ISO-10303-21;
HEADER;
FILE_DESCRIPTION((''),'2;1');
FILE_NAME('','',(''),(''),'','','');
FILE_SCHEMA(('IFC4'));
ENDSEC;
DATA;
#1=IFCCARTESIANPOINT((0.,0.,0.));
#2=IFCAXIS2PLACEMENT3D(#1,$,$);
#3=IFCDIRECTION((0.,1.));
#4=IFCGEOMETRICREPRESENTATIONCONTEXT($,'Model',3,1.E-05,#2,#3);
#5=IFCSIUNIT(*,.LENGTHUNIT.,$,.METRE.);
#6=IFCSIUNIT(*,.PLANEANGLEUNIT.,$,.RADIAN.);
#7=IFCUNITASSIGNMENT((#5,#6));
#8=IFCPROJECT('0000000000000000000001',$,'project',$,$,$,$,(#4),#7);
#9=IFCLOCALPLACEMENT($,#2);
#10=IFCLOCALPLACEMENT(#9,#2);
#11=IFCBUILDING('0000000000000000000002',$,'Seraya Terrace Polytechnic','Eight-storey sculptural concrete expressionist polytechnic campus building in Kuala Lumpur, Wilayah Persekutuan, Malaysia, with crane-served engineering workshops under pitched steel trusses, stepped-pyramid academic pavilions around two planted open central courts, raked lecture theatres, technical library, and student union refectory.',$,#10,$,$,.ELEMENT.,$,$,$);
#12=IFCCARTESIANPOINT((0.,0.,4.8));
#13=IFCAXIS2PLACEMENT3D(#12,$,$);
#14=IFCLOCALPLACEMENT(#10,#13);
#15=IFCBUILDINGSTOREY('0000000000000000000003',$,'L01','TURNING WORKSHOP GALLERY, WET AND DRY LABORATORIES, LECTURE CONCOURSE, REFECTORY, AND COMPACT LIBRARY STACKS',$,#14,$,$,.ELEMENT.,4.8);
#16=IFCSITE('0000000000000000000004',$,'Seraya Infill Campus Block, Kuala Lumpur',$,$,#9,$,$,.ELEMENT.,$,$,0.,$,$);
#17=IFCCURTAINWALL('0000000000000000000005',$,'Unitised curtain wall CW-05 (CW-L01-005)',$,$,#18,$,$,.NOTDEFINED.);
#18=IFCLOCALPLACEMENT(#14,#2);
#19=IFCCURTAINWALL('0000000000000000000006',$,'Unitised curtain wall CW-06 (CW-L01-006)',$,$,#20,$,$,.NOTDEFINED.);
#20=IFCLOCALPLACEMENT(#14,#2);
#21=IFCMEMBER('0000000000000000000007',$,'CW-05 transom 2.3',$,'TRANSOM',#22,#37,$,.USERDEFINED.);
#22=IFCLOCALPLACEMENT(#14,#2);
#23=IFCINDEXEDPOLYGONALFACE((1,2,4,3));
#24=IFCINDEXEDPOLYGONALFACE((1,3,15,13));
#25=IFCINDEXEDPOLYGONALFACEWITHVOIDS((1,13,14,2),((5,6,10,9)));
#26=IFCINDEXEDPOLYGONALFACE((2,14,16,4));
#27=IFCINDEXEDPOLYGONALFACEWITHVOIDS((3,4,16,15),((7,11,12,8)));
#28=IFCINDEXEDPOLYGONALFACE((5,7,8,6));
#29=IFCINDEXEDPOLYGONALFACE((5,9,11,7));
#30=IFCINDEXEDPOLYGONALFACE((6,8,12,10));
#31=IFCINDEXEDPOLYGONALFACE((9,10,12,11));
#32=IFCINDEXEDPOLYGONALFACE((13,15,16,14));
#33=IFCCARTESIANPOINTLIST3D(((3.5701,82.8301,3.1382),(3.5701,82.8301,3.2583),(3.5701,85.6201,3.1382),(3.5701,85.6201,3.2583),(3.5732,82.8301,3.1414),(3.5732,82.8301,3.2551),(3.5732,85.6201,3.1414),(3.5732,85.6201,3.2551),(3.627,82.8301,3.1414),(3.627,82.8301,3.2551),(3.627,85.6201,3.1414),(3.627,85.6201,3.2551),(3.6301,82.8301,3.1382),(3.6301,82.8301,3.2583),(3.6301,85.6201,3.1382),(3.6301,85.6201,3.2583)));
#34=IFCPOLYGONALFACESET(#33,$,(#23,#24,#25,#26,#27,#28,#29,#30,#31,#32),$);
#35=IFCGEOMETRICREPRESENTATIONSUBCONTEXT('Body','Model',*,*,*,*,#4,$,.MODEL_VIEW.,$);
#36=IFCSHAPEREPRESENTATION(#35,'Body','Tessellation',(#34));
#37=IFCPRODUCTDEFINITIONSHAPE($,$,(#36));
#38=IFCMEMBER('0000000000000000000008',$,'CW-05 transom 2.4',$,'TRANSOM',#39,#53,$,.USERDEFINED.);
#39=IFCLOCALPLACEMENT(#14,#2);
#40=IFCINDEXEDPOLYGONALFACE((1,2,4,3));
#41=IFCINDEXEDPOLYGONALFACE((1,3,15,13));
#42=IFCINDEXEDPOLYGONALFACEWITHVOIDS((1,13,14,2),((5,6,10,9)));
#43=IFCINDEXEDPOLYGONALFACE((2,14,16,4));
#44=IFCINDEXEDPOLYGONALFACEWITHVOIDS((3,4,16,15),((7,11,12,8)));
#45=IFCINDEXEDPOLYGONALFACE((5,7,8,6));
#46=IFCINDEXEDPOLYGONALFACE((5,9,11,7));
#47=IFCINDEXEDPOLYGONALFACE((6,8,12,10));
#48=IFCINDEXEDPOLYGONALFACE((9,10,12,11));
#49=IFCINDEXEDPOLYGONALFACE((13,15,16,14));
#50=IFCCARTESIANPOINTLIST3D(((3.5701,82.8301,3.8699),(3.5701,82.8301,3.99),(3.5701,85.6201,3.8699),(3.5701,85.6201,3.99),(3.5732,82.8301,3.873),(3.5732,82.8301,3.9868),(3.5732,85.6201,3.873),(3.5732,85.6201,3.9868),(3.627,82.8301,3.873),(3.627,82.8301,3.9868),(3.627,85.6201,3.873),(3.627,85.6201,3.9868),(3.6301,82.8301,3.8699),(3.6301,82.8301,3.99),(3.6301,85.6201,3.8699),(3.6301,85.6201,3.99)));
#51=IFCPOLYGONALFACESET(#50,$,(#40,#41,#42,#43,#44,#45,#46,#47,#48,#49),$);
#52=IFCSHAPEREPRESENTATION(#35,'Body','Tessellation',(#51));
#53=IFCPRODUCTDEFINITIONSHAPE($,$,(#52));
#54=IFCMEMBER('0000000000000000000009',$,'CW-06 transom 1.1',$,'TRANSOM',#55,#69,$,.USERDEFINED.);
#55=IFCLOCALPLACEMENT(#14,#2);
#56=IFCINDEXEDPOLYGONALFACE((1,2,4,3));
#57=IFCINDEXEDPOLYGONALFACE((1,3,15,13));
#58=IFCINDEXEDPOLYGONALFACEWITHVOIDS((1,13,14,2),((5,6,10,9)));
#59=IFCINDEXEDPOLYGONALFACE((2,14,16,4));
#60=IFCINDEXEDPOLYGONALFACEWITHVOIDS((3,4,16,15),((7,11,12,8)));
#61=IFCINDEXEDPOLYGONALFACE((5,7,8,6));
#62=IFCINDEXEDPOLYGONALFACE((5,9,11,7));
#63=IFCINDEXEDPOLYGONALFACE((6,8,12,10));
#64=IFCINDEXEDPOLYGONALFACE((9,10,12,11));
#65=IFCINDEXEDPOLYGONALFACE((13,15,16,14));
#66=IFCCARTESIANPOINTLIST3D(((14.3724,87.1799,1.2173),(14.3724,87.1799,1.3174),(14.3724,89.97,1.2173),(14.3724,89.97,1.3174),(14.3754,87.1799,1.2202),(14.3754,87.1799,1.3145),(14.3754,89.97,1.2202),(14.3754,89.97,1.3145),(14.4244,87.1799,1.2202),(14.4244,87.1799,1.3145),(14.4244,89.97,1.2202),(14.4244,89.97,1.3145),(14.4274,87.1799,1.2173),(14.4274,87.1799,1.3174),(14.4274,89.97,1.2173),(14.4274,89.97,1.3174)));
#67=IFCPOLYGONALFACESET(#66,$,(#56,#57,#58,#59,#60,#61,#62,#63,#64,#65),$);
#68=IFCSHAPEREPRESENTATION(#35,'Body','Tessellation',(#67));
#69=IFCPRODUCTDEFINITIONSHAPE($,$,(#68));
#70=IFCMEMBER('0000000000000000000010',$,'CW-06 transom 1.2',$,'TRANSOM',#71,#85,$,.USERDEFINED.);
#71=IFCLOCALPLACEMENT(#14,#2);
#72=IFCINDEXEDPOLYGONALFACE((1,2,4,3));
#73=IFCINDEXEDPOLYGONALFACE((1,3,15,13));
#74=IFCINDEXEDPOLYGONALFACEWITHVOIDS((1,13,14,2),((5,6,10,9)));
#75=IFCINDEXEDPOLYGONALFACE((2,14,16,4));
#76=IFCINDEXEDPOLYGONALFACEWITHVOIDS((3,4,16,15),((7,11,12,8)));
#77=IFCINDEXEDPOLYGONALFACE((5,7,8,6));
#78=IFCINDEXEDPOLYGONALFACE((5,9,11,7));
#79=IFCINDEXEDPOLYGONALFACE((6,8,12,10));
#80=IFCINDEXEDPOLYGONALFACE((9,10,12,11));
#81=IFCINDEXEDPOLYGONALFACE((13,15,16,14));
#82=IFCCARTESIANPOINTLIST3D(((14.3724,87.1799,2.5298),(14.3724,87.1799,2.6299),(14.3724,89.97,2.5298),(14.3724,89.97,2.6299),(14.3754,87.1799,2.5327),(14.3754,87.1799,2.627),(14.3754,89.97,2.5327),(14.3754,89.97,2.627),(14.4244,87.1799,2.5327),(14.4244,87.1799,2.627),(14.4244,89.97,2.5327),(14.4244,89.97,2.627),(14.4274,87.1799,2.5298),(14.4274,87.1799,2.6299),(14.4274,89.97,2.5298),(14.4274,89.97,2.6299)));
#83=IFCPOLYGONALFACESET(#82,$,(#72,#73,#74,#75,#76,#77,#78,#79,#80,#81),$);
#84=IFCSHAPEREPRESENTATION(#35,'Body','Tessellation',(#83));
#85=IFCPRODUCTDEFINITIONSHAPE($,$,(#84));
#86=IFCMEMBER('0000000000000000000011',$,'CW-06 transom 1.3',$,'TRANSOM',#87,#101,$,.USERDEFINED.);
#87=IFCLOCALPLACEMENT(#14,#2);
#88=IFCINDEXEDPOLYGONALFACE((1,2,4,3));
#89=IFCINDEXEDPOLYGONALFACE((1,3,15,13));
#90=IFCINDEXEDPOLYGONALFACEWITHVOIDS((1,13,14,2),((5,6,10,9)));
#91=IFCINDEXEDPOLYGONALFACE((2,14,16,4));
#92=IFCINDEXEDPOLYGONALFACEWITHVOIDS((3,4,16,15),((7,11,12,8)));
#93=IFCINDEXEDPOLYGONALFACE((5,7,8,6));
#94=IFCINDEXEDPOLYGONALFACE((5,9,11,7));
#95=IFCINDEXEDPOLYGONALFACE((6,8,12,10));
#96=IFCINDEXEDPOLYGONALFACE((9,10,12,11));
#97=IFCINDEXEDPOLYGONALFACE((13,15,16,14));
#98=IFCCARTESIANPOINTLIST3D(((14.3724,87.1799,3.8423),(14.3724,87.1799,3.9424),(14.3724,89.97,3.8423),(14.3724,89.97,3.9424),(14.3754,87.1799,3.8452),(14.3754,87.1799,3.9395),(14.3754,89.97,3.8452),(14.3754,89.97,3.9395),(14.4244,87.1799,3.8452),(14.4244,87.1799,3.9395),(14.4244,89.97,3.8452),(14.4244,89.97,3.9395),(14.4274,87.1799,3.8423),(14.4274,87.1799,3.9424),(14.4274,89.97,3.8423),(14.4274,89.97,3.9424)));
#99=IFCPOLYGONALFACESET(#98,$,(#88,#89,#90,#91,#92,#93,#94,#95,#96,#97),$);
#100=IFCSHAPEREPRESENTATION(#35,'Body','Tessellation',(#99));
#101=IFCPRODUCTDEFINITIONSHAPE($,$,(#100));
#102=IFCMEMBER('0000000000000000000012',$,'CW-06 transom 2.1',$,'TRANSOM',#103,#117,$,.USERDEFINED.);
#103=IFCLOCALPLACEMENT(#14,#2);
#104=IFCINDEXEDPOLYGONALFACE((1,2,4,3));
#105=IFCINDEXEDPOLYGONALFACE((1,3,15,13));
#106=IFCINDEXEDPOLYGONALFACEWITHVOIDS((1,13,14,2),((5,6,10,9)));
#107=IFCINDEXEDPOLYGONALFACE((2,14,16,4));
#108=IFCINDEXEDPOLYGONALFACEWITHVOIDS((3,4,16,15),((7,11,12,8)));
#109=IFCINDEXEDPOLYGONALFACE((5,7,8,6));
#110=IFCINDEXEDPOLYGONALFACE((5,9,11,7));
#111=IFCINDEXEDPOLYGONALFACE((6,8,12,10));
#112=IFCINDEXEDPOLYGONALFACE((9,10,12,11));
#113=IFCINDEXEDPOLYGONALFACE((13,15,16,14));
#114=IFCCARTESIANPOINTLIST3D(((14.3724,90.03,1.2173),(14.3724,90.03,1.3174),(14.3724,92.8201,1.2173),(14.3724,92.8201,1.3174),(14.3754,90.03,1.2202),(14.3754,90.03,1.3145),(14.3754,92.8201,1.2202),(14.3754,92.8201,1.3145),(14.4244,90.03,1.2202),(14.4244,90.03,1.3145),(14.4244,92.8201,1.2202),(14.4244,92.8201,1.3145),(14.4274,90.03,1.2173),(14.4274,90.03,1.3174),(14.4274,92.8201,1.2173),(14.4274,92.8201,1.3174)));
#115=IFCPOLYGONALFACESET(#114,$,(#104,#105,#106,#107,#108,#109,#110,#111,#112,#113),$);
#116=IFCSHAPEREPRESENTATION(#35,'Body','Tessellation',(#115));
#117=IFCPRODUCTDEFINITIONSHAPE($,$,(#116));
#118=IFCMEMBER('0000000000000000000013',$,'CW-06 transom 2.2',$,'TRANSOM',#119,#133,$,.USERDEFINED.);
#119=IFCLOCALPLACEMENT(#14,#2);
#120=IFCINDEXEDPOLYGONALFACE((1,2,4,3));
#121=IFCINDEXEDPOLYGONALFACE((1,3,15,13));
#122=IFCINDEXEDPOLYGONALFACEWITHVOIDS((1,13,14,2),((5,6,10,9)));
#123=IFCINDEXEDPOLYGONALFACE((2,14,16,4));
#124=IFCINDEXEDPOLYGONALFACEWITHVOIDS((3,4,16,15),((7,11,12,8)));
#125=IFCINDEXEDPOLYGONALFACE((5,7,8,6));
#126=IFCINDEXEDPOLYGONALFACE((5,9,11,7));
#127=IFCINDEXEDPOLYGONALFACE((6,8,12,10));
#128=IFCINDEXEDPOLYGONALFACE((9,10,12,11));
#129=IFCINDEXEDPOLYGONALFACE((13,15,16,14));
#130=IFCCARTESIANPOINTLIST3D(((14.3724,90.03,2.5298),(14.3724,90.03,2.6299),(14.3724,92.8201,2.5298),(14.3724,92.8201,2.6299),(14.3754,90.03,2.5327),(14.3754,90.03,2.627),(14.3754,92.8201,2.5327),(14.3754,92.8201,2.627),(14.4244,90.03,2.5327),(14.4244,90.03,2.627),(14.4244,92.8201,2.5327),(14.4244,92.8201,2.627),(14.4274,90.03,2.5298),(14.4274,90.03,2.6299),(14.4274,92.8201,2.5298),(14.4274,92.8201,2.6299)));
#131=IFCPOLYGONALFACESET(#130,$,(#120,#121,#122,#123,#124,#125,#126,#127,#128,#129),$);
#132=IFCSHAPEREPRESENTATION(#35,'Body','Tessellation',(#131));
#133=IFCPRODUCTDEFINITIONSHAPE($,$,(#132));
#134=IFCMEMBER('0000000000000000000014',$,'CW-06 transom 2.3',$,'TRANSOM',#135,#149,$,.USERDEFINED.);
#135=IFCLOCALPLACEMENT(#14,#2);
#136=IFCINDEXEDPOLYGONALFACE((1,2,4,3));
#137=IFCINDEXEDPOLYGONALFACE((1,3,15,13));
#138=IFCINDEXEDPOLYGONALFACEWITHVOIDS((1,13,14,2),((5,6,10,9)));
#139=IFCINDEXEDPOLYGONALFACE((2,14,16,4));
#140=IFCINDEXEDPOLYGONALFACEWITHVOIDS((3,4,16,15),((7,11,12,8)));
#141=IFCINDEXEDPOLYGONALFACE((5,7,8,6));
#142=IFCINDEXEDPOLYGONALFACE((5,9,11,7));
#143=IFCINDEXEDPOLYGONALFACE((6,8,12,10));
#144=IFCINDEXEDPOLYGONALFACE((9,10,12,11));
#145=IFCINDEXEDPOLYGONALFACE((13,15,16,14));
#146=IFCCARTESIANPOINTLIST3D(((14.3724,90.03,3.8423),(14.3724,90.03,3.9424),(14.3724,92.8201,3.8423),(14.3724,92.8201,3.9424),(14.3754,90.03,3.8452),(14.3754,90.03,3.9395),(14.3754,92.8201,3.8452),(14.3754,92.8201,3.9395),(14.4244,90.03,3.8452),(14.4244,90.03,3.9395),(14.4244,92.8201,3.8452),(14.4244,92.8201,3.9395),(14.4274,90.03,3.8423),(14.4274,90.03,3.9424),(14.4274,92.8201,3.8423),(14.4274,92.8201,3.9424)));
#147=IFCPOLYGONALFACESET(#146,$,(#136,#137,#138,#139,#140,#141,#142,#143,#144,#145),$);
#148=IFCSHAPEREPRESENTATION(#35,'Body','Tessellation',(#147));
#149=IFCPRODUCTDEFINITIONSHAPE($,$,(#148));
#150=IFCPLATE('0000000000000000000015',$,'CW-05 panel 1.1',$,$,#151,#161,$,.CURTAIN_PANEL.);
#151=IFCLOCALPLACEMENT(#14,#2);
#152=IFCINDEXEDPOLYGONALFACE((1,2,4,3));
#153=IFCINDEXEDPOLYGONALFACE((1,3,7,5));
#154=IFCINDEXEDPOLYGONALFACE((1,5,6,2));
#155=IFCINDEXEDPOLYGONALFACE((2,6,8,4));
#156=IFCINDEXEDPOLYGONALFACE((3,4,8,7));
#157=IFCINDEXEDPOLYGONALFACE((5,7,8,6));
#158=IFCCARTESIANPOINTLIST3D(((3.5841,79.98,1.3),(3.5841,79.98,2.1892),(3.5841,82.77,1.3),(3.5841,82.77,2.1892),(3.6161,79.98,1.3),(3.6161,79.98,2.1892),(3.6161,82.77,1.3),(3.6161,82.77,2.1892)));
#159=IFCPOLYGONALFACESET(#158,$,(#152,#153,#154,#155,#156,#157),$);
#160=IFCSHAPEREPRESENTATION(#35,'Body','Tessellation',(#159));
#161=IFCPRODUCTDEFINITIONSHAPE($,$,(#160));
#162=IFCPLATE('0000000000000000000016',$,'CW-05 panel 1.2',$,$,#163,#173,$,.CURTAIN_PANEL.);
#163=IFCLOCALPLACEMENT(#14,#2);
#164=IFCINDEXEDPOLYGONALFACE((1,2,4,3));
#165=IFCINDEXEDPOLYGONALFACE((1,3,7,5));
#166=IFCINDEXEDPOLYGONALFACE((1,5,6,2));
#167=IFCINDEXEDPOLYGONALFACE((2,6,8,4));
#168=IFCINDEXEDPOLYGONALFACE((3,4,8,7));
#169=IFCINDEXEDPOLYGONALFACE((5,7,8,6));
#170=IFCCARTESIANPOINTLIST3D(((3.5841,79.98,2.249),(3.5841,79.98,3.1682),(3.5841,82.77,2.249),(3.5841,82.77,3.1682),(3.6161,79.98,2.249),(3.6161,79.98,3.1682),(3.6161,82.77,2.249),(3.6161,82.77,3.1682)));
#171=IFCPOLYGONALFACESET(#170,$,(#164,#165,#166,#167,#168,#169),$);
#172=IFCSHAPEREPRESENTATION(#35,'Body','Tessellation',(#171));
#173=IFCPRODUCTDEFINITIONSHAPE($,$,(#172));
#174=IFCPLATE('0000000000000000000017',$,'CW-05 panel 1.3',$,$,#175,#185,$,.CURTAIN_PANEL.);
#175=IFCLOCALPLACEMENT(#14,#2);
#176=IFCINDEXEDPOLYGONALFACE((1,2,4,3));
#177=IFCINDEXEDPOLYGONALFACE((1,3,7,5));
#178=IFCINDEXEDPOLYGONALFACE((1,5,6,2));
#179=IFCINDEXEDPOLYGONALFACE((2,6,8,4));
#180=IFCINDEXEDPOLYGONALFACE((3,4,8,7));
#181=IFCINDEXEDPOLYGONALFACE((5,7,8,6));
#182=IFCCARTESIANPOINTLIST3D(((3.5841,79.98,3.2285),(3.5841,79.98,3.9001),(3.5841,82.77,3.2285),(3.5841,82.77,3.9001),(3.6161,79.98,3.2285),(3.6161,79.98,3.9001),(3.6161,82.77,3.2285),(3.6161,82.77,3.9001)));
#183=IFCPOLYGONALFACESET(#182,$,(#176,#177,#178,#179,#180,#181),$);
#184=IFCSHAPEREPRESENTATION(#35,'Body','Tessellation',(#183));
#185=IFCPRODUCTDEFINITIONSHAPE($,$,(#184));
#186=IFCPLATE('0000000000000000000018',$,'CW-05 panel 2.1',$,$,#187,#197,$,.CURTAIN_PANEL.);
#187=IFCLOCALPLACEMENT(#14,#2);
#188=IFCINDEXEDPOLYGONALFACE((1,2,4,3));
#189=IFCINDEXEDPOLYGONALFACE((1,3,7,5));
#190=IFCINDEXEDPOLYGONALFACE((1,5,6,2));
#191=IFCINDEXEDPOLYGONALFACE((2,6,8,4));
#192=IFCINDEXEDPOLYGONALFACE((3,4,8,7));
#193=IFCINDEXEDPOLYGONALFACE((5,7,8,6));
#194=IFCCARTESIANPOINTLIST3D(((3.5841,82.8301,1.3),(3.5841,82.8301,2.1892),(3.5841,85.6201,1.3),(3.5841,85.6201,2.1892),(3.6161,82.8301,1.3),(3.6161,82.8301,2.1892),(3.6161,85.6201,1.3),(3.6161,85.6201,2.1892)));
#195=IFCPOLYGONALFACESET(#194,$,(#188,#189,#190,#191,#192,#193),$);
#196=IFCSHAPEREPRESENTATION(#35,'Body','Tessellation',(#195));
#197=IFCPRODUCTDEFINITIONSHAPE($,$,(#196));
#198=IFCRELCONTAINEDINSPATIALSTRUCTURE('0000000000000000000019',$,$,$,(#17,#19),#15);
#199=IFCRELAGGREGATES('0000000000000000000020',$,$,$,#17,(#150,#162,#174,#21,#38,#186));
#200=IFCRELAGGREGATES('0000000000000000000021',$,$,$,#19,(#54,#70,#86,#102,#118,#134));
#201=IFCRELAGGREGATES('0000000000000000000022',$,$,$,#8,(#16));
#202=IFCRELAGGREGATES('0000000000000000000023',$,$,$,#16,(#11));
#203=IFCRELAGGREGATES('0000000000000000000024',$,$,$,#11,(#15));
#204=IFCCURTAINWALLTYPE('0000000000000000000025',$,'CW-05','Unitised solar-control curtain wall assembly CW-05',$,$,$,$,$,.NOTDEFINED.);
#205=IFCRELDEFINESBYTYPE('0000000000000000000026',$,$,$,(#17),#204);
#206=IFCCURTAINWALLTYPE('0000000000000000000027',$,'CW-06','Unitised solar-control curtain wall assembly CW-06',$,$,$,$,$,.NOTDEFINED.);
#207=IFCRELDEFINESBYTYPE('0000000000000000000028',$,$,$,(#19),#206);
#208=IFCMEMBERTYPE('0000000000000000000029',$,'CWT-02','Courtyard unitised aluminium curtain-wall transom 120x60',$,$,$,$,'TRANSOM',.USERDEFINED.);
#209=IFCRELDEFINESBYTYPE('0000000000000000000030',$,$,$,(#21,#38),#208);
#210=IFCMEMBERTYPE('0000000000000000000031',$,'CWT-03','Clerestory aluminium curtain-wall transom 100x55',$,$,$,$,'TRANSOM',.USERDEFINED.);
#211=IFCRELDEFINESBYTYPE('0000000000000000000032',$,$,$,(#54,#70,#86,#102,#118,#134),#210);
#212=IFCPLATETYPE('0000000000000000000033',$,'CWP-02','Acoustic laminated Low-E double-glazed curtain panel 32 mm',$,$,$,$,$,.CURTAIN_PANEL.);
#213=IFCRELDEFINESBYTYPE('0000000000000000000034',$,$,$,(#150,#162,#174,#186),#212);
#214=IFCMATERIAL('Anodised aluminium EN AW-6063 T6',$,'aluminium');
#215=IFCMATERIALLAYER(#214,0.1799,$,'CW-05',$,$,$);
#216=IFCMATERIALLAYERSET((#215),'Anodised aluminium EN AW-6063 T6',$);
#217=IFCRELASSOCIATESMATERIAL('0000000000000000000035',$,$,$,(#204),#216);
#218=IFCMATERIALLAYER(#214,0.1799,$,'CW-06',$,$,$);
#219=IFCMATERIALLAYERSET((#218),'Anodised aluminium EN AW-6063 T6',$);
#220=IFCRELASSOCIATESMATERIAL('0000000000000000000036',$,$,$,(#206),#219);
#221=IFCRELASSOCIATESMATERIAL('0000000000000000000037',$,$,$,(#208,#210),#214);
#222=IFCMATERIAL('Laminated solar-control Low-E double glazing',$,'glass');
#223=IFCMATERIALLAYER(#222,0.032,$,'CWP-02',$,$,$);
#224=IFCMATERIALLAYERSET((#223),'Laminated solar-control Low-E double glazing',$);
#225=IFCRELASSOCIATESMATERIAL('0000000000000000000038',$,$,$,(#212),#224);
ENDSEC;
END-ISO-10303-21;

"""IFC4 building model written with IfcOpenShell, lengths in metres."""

from ifc_helpers import new_model, si_unit, direction, frame, origin, origin_2d, place, context, subcontext, project, spatial, rectangle, hollow_rectangle, extrude, material, layer, layer_set, material_profile, profile_set, type_object, element, aggregate, save


model = new_model("IFC4")

# Units and contexts
model_context = context("Model", 3, precision=1e-05, world=origin(), true_north=direction((0.0, 1.0)))
body_context = subcontext(model_context, "Body", "Model", "MODEL_VIEW")
ifc_project = project(units=[si_unit("LENGTHUNIT", "METRE"), si_unit("PLANEANGLEUNIT", "RADIAN")], contexts=[model_context])

# Site, building, storey
site_placement = place(None, origin())
site = spatial("IfcSite", under=ifc_project, at=site_placement, Name="Seraya Infill Campus Block, Kuala Lumpur", CompositionType="ELEMENT", RefElevation=0.0)
building_placement = place(site_placement, origin())
building = spatial("IfcBuilding", under=site, at=building_placement, Name="Seraya Terrace Polytechnic", Description="Eight-storey sculptural concrete expressionist polytechnic campus building in Kuala Lumpur, Wilayah Persekutuan, Malaysia, with crane-served engineering workshops under pitched steel trusses, stepped-pyramid academic pavilions around two planted open central courts, raked lecture theatres, technical library, and student union refectory.", CompositionType="ELEMENT")
storey_placement = place(building_placement, frame((0.0, 0.0, 4.8)))
storey = spatial("IfcBuildingStorey", under=building, at=storey_placement, Name="L01", Description="TURNING WORKSHOP GALLERY, WET AND DRY LABORATORIES, LECTURE CONCOURSE, REFECTORY, AND COMPACT LIBRARY STACKS", CompositionType="ELEMENT", Elevation=4.8)

# Curtain walls
ifc_material_1 = material(Name="Anodised aluminium EN AW-6063 T6", Category="aluminium")
ifc_layer_1 = layer(ifc_material_1, 0.1799, Name="CW-05")
ifc_layer_set_1 = layer_set([ifc_layer_1], Name="Anodised aluminium EN AW-6063 T6")
curtain_wall_type_1 = type_object("IfcCurtainWallType", Name="CW-05", Description="Unitised solar-control curtain wall assembly CW-05", PredefinedType="NOTDEFINED", material=ifc_layer_set_1)
curtain_wall_1_placement = place(storey_placement, origin())
curtain_wall_1 = element("IfcCurtainWall", 1, at=curtain_wall_1_placement, inside=storey, type_object=curtain_wall_type_1, Name="Unitised curtain wall CW-05 (CW-L01-005)", PredefinedType="NOTDEFINED")
ifc_layer_2 = layer(ifc_material_1, 0.1799, Name="CW-06")
ifc_layer_set_2 = layer_set([ifc_layer_2], Name="Anodised aluminium EN AW-6063 T6")
curtain_wall_type_2 = type_object("IfcCurtainWallType", Name="CW-06", Description="Unitised solar-control curtain wall assembly CW-06", PredefinedType="NOTDEFINED", material=ifc_layer_set_2)
curtain_wall_2_placement = place(storey_placement, origin())
curtain_wall_2 = element("IfcCurtainWall", 2, at=curtain_wall_2_placement, inside=storey, type_object=curtain_wall_type_2, Name="Unitised curtain wall CW-06 (CW-L01-006)", PredefinedType="NOTDEFINED")

# Members
ifc_material_profile_1 = material_profile(ifc_material_1, hollow_rectangle(XDim=0.0601, YDim=0.1201, WallThickness=0.0032, at=origin_2d()), Name="RHS 120x60x3.2")
ifc_profile_set_1 = profile_set([ifc_material_profile_1], Name="Anodised aluminium EN AW-6063 T6")
member_type_1 = type_object("IfcMemberType", Name="CWT-02", Description="Courtyard unitised aluminium curtain-wall transom 120x60", ElementType="TRANSOM", PredefinedType="USERDEFINED", material=ifc_profile_set_1)
member_1_placement = place(storey_placement, frame((3.6001, 82.8301, 3.1982), z_axis=(0.0, 1.0, 0.0), x_axis=(-1.0, 0.0, 0.0)))
member_1 = element("IfcMember", 3, at=member_1_placement, type_object=member_type_1, Name="CW-05 transom 2.3", ObjectType="TRANSOM", PredefinedType="USERDEFINED", context=body_context, shape_type="SweptSolid", body=[
    extrude(hollow_rectangle(XDim=0.0601, YDim=0.1201, WallThickness=0.0032, at=origin_2d()), origin(), (0.0, 0.0, 1.0), 2.79),
])
member_2_placement = place(storey_placement, frame((3.6001, 82.8301, 3.9299), z_axis=(0.0, 1.0, 0.0), x_axis=(-1.0, 0.0, 0.0)))
member_2 = element("IfcMember", 4, at=member_2_placement, type_object=member_type_1, Name="CW-05 transom 2.4", ObjectType="TRANSOM", PredefinedType="USERDEFINED", context=body_context, shape_type="SweptSolid", body=[
    extrude(hollow_rectangle(XDim=0.0601, YDim=0.1201, WallThickness=0.0032, at=origin_2d()), origin(), (0.0, 0.0, 1.0), 2.79),
])
ifc_material_profile_2 = material_profile(ifc_material_1, hollow_rectangle(XDim=0.0549, YDim=0.1001, WallThickness=0.0029, at=origin_2d()), Name="RHS 100x55x3.0")
ifc_profile_set_2 = profile_set([ifc_material_profile_2], Name="Anodised aluminium EN AW-6063 T6")
member_type_2 = type_object("IfcMemberType", Name="CWT-03", Description="Clerestory aluminium curtain-wall transom 100x55", ElementType="TRANSOM", PredefinedType="USERDEFINED", material=ifc_profile_set_2)
member_3_placement = place(storey_placement, frame((14.3999, 87.1799, 1.2673), z_axis=(0.0, 1.0, 0.0), x_axis=(-1.0, 0.0, 0.0)))
member_3 = element("IfcMember", 5, at=member_3_placement, type_object=member_type_2, Name="CW-06 transom 1.1", ObjectType="TRANSOM", PredefinedType="USERDEFINED", context=body_context, shape_type="SweptSolid", body=[
    extrude(hollow_rectangle(XDim=0.0549, YDim=0.1001, WallThickness=0.0029, at=origin_2d()), origin(), (0.0, 0.0, 1.0), 2.79),
])
member_4_placement = place(storey_placement, frame((14.3999, 87.1799, 2.5798), z_axis=(0.0, 1.0, 0.0), x_axis=(-1.0, 0.0, 0.0)))
member_4 = element("IfcMember", 6, at=member_4_placement, type_object=member_type_2, Name="CW-06 transom 1.2", ObjectType="TRANSOM", PredefinedType="USERDEFINED", context=body_context, shape_type="SweptSolid", body=[
    extrude(hollow_rectangle(XDim=0.0549, YDim=0.1001, WallThickness=0.0029, at=origin_2d()), origin(), (0.0, 0.0, 1.0), 2.79),
])
member_5_placement = place(storey_placement, frame((14.3999, 87.1799, 3.8923), z_axis=(0.0, 1.0, 0.0), x_axis=(-1.0, 0.0, 0.0)))
member_5 = element("IfcMember", 7, at=member_5_placement, type_object=member_type_2, Name="CW-06 transom 1.3", ObjectType="TRANSOM", PredefinedType="USERDEFINED", context=body_context, shape_type="SweptSolid", body=[
    extrude(hollow_rectangle(XDim=0.0549, YDim=0.1001, WallThickness=0.0029, at=origin_2d()), origin(), (0.0, 0.0, 1.0), 2.79),
])
member_6_placement = place(storey_placement, frame((14.3999, 90.03, 1.2673), z_axis=(0.0, 1.0, 0.0), x_axis=(-1.0, 0.0, 0.0)))
member_6 = element("IfcMember", 8, at=member_6_placement, type_object=member_type_2, Name="CW-06 transom 2.1", ObjectType="TRANSOM", PredefinedType="USERDEFINED", context=body_context, shape_type="SweptSolid", body=[
    extrude(hollow_rectangle(XDim=0.0549, YDim=0.1001, WallThickness=0.0029, at=origin_2d()), origin(), (0.0, 0.0, 1.0), 2.79),
])
member_7_placement = place(storey_placement, frame((14.3999, 90.03, 2.5798), z_axis=(0.0, 1.0, 0.0), x_axis=(-1.0, 0.0, 0.0)))
member_7 = element("IfcMember", 9, at=member_7_placement, type_object=member_type_2, Name="CW-06 transom 2.2", ObjectType="TRANSOM", PredefinedType="USERDEFINED", context=body_context, shape_type="SweptSolid", body=[
    extrude(hollow_rectangle(XDim=0.0549, YDim=0.1001, WallThickness=0.0029, at=origin_2d()), origin(), (0.0, 0.0, 1.0), 2.79),
])
member_8_placement = place(storey_placement, frame((14.3999, 90.03, 3.8923), z_axis=(0.0, 1.0, 0.0), x_axis=(-1.0, 0.0, 0.0)))
member_8 = element("IfcMember", 10, at=member_8_placement, type_object=member_type_2, Name="CW-06 transom 2.3", ObjectType="TRANSOM", PredefinedType="USERDEFINED", context=body_context, shape_type="SweptSolid", body=[
    extrude(hollow_rectangle(XDim=0.0549, YDim=0.1001, WallThickness=0.0029, at=origin_2d()), origin(), (0.0, 0.0, 1.0), 2.79),
])

# Plates
ifc_material_2 = material(Name="Laminated solar-control Low-E double glazing", Category="glass")
ifc_layer_3 = layer(ifc_material_2, 0.032, Name="CWP-02")
ifc_layer_set_3 = layer_set([ifc_layer_3], Name="Laminated solar-control Low-E double glazing")
plate_type_1 = type_object("IfcPlateType", Name="CWP-02", Description="Acoustic laminated Low-E double-glazed curtain panel 32 mm", PredefinedType="CURTAIN_PANEL", material=ifc_layer_set_3)
plate_1_placement = place(storey_placement, frame((3.6001, 81.375, 1.3), z_axis=(0.0, 0.0, 1.0), x_axis=(0.0, 1.0, 0.0)))
plate_1 = element("IfcPlate", 11, at=plate_1_placement, type_object=plate_type_1, Name="CW-05 panel 1.1", PredefinedType="CURTAIN_PANEL", context=body_context, shape_type="SweptSolid", body=[
    extrude(rectangle(XDim=2.79, YDim=0.032, at=origin_2d()), origin(), (0.0, 0.0, 1.0), 0.8892),
])
plate_2_placement = place(storey_placement, frame((3.6001, 81.375, 2.249), z_axis=(0.0, 0.0, 1.0), x_axis=(0.0, 1.0, 0.0)))
plate_2 = element("IfcPlate", 12, at=plate_2_placement, type_object=plate_type_1, Name="CW-05 panel 1.2", PredefinedType="CURTAIN_PANEL", context=body_context, shape_type="SweptSolid", body=[
    extrude(rectangle(XDim=2.79, YDim=0.032, at=origin_2d()), origin(), (0.0, 0.0, 1.0), 0.9192),
])
plate_3_placement = place(storey_placement, frame((3.6001, 81.375, 3.2285), z_axis=(0.0, 0.0, 1.0), x_axis=(0.0, 1.0, 0.0)))
plate_3 = element("IfcPlate", 13, at=plate_3_placement, type_object=plate_type_1, Name="CW-05 panel 1.3", PredefinedType="CURTAIN_PANEL", context=body_context, shape_type="SweptSolid", body=[
    extrude(rectangle(XDim=2.79, YDim=0.032, at=origin_2d()), origin(), (0.0, 0.0, 1.0), 0.6716),
])
plate_4_placement = place(storey_placement, frame((3.6001, 84.2251, 1.3), z_axis=(0.0, 0.0, 1.0), x_axis=(0.0, 1.0, 0.0)))
plate_4 = element("IfcPlate", 14, at=plate_4_placement, type_object=plate_type_1, Name="CW-05 panel 2.1", PredefinedType="CURTAIN_PANEL", context=body_context, shape_type="SweptSolid", body=[
    extrude(rectangle(XDim=2.79, YDim=0.032, at=origin_2d()), origin(), (0.0, 0.0, 1.0), 0.8892),
])
aggregate(curtain_wall_1, [plate_1, plate_2, plate_3, member_1, member_2, plate_4])
aggregate(curtain_wall_2, [member_3, member_4, member_5, member_6, member_7, member_8])

save(model, "model.ifc")
